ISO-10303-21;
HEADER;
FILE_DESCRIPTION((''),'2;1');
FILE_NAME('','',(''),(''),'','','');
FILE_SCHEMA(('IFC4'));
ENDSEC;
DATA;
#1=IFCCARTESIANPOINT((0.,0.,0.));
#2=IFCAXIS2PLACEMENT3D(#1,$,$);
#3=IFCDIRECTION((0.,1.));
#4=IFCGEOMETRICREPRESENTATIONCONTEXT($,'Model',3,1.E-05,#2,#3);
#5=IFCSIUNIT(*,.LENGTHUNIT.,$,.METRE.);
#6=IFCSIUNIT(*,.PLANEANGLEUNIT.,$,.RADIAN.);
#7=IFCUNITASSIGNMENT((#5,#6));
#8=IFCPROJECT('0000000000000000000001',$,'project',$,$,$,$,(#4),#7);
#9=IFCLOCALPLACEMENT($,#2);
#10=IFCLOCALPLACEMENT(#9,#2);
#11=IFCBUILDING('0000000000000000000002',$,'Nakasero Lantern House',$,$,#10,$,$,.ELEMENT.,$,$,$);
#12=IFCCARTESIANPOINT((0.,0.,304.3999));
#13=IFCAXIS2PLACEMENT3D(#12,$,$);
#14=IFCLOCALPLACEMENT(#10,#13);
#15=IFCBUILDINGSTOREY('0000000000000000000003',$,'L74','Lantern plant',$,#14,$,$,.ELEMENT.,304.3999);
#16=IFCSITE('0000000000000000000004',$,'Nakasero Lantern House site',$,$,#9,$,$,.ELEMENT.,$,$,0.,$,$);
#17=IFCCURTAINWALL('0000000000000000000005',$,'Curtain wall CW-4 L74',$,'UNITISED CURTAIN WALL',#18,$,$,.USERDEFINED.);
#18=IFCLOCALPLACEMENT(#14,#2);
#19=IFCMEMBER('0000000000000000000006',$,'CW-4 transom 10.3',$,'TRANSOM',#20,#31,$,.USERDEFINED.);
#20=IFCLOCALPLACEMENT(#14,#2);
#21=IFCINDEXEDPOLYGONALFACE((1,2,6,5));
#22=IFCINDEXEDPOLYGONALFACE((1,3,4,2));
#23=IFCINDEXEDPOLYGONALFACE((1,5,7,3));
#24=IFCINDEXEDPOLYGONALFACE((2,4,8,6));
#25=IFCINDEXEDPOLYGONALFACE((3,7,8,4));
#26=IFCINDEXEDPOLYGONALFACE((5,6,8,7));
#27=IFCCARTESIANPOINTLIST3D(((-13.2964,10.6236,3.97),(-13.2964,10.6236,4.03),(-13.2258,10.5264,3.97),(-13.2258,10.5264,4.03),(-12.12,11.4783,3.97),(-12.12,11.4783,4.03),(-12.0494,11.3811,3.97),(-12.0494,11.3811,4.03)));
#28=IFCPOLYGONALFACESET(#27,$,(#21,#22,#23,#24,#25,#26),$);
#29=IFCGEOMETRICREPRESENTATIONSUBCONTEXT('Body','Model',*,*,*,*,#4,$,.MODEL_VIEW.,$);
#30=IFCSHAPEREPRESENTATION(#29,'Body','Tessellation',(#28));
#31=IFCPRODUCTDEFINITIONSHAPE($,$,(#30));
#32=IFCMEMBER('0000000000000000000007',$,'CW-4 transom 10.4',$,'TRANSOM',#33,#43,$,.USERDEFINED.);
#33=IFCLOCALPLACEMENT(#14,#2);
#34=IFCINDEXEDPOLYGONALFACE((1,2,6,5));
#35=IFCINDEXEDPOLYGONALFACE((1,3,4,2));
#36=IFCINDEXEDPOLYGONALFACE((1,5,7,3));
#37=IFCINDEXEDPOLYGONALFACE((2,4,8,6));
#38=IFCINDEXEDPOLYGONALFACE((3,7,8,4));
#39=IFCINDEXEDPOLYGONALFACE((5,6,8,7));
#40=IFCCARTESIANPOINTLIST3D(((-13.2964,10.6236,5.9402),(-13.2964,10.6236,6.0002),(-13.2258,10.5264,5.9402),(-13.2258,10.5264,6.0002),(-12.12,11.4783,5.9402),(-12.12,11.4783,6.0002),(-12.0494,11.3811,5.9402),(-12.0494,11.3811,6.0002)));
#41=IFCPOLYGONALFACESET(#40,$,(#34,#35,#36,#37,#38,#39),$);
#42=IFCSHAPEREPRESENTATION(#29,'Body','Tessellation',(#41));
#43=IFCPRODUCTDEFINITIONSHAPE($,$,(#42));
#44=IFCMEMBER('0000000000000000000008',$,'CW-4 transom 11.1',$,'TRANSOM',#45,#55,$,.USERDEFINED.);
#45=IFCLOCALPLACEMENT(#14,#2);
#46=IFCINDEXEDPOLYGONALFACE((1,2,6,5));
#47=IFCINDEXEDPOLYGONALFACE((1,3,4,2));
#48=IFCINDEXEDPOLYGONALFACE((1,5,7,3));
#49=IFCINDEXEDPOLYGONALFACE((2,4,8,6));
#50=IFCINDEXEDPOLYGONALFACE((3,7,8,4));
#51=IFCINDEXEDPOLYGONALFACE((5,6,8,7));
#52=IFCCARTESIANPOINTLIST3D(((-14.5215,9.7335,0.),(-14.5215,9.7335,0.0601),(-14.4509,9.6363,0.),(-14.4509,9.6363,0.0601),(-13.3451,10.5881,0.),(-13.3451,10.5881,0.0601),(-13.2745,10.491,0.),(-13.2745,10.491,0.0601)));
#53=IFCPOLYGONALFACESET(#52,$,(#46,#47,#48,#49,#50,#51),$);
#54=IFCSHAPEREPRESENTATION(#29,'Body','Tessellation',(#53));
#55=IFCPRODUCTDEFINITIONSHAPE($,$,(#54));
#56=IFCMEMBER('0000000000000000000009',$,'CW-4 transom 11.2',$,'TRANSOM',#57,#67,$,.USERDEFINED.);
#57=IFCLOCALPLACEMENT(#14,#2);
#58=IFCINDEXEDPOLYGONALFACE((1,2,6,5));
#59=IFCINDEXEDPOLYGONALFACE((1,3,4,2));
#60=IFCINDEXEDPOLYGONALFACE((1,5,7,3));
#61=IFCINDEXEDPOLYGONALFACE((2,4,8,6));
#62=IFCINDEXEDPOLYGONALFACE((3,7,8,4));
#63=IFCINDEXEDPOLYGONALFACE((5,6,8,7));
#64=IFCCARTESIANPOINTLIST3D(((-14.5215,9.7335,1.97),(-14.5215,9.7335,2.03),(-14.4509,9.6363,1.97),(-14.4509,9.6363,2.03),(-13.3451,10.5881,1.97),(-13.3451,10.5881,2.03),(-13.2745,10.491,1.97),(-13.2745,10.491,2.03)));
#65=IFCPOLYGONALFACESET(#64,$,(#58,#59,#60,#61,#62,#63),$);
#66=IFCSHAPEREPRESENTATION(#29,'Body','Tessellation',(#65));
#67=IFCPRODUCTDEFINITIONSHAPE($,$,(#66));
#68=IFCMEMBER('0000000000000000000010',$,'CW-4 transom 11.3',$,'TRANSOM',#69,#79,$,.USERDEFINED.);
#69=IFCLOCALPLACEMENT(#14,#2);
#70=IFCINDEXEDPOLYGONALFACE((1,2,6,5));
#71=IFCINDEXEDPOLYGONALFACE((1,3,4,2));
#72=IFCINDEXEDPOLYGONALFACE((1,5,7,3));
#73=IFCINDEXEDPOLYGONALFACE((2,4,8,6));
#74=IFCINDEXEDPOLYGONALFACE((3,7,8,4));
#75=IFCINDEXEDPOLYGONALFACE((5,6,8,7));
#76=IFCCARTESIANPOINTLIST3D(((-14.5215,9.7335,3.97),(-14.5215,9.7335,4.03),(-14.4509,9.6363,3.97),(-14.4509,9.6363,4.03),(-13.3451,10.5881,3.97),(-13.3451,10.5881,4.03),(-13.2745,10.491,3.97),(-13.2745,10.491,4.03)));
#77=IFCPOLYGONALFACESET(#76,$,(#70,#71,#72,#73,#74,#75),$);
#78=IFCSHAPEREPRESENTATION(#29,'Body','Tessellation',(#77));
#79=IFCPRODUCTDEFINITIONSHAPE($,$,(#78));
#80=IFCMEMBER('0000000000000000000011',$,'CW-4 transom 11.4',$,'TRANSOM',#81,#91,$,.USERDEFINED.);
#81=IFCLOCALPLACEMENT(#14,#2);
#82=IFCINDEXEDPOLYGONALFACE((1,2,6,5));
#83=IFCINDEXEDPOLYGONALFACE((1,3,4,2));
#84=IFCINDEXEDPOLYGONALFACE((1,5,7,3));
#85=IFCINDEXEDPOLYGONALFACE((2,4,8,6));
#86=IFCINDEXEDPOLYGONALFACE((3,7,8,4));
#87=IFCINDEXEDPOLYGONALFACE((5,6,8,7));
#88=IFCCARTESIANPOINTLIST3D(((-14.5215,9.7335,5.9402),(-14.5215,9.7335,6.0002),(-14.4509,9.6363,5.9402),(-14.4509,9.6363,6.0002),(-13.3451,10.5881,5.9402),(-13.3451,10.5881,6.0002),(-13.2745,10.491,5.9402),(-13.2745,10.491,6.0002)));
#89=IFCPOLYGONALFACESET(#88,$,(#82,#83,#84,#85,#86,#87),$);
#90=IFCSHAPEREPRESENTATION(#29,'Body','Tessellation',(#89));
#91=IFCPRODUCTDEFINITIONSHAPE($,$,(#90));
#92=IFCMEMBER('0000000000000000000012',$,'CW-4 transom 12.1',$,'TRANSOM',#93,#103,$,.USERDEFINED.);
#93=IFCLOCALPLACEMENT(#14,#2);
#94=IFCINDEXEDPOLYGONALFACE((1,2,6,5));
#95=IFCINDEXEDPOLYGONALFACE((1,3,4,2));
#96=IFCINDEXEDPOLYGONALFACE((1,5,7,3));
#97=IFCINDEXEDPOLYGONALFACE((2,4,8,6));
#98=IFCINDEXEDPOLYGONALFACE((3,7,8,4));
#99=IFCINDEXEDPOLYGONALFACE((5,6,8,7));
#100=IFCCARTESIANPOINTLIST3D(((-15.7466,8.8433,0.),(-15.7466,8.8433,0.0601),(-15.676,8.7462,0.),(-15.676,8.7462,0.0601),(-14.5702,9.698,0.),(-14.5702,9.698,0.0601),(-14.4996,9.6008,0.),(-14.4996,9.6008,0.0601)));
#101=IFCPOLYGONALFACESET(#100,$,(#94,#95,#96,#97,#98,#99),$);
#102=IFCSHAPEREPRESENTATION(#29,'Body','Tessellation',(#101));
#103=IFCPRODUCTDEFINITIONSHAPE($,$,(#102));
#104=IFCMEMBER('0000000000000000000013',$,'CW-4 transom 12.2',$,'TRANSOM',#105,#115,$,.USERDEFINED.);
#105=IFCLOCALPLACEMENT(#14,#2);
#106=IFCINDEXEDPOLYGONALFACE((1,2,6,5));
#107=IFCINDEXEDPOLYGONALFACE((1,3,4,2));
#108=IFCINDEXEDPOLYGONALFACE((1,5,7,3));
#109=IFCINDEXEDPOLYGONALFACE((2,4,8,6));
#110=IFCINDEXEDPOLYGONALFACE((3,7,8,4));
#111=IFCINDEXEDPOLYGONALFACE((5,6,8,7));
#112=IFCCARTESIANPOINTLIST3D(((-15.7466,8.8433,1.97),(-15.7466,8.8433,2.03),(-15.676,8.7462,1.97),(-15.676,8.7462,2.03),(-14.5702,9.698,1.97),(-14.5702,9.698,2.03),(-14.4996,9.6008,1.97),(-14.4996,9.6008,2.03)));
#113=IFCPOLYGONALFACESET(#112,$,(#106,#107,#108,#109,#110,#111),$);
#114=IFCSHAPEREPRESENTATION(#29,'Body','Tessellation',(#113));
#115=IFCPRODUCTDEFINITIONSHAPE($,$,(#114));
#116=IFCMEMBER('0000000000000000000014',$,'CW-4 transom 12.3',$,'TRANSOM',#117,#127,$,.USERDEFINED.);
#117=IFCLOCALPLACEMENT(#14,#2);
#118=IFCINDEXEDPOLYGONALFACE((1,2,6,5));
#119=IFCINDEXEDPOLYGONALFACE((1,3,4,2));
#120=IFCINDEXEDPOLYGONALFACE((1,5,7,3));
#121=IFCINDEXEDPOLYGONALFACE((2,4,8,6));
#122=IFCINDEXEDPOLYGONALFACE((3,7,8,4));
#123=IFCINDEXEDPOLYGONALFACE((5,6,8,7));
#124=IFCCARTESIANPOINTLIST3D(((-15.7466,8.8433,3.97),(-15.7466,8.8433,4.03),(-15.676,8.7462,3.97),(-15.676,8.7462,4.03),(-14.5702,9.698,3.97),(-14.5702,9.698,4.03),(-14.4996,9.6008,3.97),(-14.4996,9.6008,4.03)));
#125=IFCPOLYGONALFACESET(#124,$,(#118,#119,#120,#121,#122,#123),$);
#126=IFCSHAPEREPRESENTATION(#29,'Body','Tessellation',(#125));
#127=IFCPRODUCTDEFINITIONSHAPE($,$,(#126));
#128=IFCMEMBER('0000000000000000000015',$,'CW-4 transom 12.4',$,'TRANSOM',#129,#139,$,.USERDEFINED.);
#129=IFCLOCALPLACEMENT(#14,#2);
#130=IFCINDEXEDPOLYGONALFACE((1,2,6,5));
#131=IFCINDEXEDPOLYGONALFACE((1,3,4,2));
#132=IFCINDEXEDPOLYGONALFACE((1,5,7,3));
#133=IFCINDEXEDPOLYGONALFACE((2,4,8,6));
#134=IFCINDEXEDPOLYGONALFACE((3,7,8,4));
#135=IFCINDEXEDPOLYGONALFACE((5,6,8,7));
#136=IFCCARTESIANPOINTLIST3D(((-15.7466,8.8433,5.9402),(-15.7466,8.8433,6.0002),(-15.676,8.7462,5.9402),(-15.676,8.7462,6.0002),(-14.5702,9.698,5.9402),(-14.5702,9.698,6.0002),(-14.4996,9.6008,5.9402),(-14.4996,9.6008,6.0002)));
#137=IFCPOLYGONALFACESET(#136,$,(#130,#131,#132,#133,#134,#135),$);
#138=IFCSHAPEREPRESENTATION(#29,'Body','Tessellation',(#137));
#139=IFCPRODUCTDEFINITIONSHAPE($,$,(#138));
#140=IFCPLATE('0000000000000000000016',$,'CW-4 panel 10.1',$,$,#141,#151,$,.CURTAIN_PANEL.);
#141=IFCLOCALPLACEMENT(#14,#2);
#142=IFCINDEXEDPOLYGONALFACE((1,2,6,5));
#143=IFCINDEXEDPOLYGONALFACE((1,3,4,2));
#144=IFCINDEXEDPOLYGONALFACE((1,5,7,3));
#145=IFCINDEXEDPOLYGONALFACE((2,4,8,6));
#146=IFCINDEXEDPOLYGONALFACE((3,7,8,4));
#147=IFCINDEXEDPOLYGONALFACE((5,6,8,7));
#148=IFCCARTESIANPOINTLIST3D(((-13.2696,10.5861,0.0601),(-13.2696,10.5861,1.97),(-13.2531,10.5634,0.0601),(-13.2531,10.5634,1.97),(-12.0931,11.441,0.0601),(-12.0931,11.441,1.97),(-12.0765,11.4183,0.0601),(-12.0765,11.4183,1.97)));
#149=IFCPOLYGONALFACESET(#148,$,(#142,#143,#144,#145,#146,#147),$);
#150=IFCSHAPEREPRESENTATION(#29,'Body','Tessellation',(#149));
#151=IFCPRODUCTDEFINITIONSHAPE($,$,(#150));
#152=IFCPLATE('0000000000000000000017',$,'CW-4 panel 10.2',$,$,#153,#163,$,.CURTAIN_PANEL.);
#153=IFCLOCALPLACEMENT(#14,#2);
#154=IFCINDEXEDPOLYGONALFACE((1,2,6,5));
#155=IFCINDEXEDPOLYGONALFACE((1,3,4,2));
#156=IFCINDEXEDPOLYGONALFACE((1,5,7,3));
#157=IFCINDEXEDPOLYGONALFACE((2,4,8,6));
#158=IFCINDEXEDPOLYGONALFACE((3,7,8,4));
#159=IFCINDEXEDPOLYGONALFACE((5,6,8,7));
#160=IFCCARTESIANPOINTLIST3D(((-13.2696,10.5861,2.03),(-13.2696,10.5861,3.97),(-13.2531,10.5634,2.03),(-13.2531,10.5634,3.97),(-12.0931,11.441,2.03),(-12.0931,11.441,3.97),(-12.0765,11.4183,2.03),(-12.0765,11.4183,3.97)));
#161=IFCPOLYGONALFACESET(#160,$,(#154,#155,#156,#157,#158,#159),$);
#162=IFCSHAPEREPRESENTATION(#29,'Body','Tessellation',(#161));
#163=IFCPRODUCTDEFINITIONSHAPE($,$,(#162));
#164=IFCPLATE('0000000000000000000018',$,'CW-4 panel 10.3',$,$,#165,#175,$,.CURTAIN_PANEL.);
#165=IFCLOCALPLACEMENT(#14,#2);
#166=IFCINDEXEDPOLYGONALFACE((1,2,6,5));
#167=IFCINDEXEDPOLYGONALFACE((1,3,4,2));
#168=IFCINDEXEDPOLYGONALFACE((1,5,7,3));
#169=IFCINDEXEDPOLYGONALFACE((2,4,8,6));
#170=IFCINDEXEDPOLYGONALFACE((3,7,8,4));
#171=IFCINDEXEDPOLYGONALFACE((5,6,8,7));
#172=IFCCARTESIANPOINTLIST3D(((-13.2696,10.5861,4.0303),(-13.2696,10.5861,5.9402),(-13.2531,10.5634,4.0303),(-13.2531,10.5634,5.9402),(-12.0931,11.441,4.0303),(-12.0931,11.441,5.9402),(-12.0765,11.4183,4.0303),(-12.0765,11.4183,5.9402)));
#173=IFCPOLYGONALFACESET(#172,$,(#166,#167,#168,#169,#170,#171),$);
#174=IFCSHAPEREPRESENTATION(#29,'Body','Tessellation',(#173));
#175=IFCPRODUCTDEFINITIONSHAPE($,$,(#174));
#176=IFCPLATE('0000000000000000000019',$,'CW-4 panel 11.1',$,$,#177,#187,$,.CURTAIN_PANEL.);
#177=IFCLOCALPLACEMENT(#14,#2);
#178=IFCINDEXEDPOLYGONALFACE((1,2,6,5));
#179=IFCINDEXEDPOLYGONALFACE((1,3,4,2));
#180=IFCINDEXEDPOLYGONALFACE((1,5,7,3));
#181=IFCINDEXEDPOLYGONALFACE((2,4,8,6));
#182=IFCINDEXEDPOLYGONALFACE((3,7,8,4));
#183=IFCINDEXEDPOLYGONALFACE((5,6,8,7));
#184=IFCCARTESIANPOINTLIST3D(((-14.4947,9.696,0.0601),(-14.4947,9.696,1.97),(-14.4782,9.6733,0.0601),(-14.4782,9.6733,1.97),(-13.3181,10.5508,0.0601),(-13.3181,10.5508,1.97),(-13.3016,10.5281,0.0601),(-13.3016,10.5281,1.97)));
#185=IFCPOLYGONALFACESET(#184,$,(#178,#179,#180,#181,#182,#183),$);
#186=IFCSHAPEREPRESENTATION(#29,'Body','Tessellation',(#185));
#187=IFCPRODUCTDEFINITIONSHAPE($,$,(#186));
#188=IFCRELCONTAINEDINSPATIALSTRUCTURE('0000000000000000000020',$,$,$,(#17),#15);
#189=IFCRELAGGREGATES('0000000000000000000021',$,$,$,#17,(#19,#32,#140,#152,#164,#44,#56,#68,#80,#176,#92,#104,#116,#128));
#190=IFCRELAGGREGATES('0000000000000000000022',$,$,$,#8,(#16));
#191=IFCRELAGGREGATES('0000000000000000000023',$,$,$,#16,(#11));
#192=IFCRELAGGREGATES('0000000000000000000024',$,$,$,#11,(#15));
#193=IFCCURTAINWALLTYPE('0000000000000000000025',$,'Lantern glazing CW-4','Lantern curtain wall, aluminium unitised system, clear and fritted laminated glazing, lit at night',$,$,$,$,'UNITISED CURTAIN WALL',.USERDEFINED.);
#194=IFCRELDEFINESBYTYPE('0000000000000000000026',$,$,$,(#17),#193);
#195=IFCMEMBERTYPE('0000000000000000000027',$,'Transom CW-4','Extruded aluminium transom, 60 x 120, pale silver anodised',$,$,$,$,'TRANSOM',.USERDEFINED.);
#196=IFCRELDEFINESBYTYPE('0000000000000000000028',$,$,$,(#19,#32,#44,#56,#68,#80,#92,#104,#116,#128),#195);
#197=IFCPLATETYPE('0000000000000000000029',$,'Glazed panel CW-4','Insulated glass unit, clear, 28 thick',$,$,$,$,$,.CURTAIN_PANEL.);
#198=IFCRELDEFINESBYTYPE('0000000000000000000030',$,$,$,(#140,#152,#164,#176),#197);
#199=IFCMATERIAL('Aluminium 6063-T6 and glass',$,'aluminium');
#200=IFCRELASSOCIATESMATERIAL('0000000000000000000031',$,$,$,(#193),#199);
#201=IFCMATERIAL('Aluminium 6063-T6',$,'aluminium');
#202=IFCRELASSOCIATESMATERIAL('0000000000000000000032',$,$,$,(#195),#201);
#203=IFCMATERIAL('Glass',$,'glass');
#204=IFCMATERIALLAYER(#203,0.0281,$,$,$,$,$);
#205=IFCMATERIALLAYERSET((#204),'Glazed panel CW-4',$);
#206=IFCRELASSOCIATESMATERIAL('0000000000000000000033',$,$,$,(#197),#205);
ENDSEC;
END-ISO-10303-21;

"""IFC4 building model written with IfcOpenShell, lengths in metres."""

from ifc_helpers import new_model, si_unit, direction, frame, origin, origin_2d, place, context, subcontext, project, spatial, rectangle, extrude, material, layer, layer_set, material_profile, profile_set, type_object, element, aggregate, save


model = new_model("IFC4")

# Units and contexts
model_context = context("Model", 3, precision=1e-05, world=origin(), true_north=direction((0.0, 1.0)))
body_context = subcontext(model_context, "Body", "Model", "MODEL_VIEW")
ifc_project = project(units=[si_unit("LENGTHUNIT", "METRE"), si_unit("PLANEANGLEUNIT", "RADIAN")], contexts=[model_context])

# Site, building, storey
site_placement = place(None, origin())
site = spatial("IfcSite", under=ifc_project, at=site_placement, Name="Nakasero Lantern House site", CompositionType="ELEMENT", RefElevation=0.0)
building_placement = place(site_placement, origin())
building = spatial("IfcBuilding", under=site, at=building_placement, Name="Nakasero Lantern House", CompositionType="ELEMENT")
storey_placement = place(building_placement, frame((0.0, 0.0, 304.3999)))
storey = spatial("IfcBuildingStorey", under=building, at=storey_placement, Name="L74", Description="Lantern plant", CompositionType="ELEMENT", Elevation=304.3999)

# Curtain wall
ifc_material_1 = material(Name="Aluminium 6063-T6 and glass", Category="aluminium")
curtain_wall_type = type_object("IfcCurtainWallType", Name="Lantern glazing CW-4", Description="Lantern curtain wall, aluminium unitised system, clear and fritted laminated glazing, lit at night", ElementType="UNITISED CURTAIN WALL", PredefinedType="USERDEFINED", material=ifc_material_1)
curtain_wall_placement = place(storey_placement, origin())
curtain_wall = element("IfcCurtainWall", 1, at=curtain_wall_placement, inside=storey, type_object=curtain_wall_type, Name="Curtain wall CW-4 L74", ObjectType="UNITISED CURTAIN WALL", PredefinedType="USERDEFINED")

# Members
ifc_material_2 = material(Name="Aluminium 6063-T6", Category="aluminium")
ifc_material_profile_1 = material_profile(ifc_material_2, rectangle(XDim=0.0601, YDim=0.1201, at=origin_2d()), Name="CW-4 transom 60x120")
ifc_profile_set_1 = profile_set([ifc_material_profile_1], Name="Aluminium 6063-T6")
member_type_1 = type_object("IfcMemberType", Name="Transom CW-4", Description="Extruded aluminium transom, 60 x 120, pale silver anodised", ElementType="TRANSOM", PredefinedType="USERDEFINED", material=ifc_profile_set_1)
member_1_placement = place(storey_placement, frame((-12.0847, 11.4297, 4.0), z_axis=(-0.809034, -0.587762, 0.0), x_axis=(0.0, 0.0, 1.0)))
member_1 = element("IfcMember", 2, at=member_1_placement, type_object=member_type_1, Name="CW-4 transom 10.3", ObjectType="TRANSOM", PredefinedType="USERDEFINED", context=body_context, shape_type="SweptSolid", body=[
    extrude(rectangle(XDim=0.0601, YDim=0.1201, at=origin_2d()), origin(), (0.0, 0.0, 1.0), 1.4541),
])
member_2_placement = place(storey_placement, frame((-12.0847, 11.4297, 5.9702), z_axis=(-0.809034, -0.587762, 0.0), x_axis=(0.0, 0.0, 1.0)))
member_2 = element("IfcMember", 3, at=member_2_placement, type_object=member_type_1, Name="CW-4 transom 10.4", ObjectType="TRANSOM", PredefinedType="USERDEFINED", context=body_context, shape_type="SweptSolid", body=[
    extrude(rectangle(XDim=0.0601, YDim=0.1201, at=origin_2d()), origin(), (0.0, 0.0, 1.0), 1.4541),
])
member_3_placement = place(storey_placement, frame((-13.3098, 10.5396, 0.03), z_axis=(-0.809034, -0.587762, 0.0), x_axis=(0.0, 0.0, 1.0)))
member_3 = element("IfcMember", 4, at=member_3_placement, type_object=member_type_1, Name="CW-4 transom 11.1", ObjectType="TRANSOM", PredefinedType="USERDEFINED", context=body_context, shape_type="SweptSolid", body=[
    extrude(rectangle(XDim=0.0601, YDim=0.1201, at=origin_2d()), origin(), (0.0, 0.0, 1.0), 1.4541),
])
member_4_placement = place(storey_placement, frame((-13.3098, 10.5396, 2.0), z_axis=(-0.809034, -0.587762, 0.0), x_axis=(0.0, 0.0, 1.0)))
member_4 = element("IfcMember", 5, at=member_4_placement, type_object=member_type_1, Name="CW-4 transom 11.2", ObjectType="TRANSOM", PredefinedType="USERDEFINED", context=body_context, shape_type="SweptSolid", body=[
    extrude(rectangle(XDim=0.0601, YDim=0.1201, at=origin_2d()), origin(), (0.0, 0.0, 1.0), 1.4541),
])
member_5_placement = place(storey_placement, frame((-13.3098, 10.5396, 4.0), z_axis=(-0.809034, -0.587762, 0.0), x_axis=(0.0, 0.0, 1.0)))
member_5 = element("IfcMember", 6, at=member_5_placement, type_object=member_type_1, Name="CW-4 transom 11.3", ObjectType="TRANSOM", PredefinedType="USERDEFINED", context=body_context, shape_type="SweptSolid", body=[
    extrude(rectangle(XDim=0.0601, YDim=0.1201, at=origin_2d()), origin(), (0.0, 0.0, 1.0), 1.4541),
])
member_6_placement = place(storey_placement, frame((-13.3098, 10.5396, 5.9702), z_axis=(-0.809034, -0.587762, 0.0), x_axis=(0.0, 0.0, 1.0)))
member_6 = element("IfcMember", 7, at=member_6_placement, type_object=member_type_1, Name="CW-4 transom 11.4", ObjectType="TRANSOM", PredefinedType="USERDEFINED", context=body_context, shape_type="SweptSolid", body=[
    extrude(rectangle(XDim=0.0601, YDim=0.1201, at=origin_2d()), origin(), (0.0, 0.0, 1.0), 1.4541),
])
member_7_placement = place(storey_placement, frame((-14.5349, 9.6494, 0.03), z_axis=(-0.809034, -0.587762, 0.0), x_axis=(0.0, 0.0, 1.0)))
member_7 = element("IfcMember", 8, at=member_7_placement, type_object=member_type_1, Name="CW-4 transom 12.1", ObjectType="TRANSOM", PredefinedType="USERDEFINED", context=body_context, shape_type="SweptSolid", body=[
    extrude(rectangle(XDim=0.0601, YDim=0.1201, at=origin_2d()), origin(), (0.0, 0.0, 1.0), 1.4541),
])
member_8_placement = place(storey_placement, frame((-14.5349, 9.6494, 2.0), z_axis=(-0.809034, -0.587762, 0.0), x_axis=(0.0, 0.0, 1.0)))
member_8 = element("IfcMember", 9, at=member_8_placement, type_object=member_type_1, Name="CW-4 transom 12.2", ObjectType="TRANSOM", PredefinedType="USERDEFINED", context=body_context, shape_type="SweptSolid", body=[
    extrude(rectangle(XDim=0.0601, YDim=0.1201, at=origin_2d()), origin(), (0.0, 0.0, 1.0), 1.4541),
])
member_9_placement = place(storey_placement, frame((-14.5349, 9.6494, 4.0), z_axis=(-0.809034, -0.587762, 0.0), x_axis=(0.0, 0.0, 1.0)))
member_9 = element("IfcMember", 10, at=member_9_placement, type_object=member_type_1, Name="CW-4 transom 12.3", ObjectType="TRANSOM", PredefinedType="USERDEFINED", context=body_context, shape_type="SweptSolid", body=[
    extrude(rectangle(XDim=0.0601, YDim=0.1201, at=origin_2d()), origin(), (0.0, 0.0, 1.0), 1.4541),
])
member_10_placement = place(storey_placement, frame((-14.5349, 9.6494, 5.9702), z_axis=(-0.809034, -0.587762, 0.0), x_axis=(0.0, 0.0, 1.0)))
member_10 = element("IfcMember", 11, at=member_10_placement, type_object=member_type_1, Name="CW-4 transom 12.4", ObjectType="TRANSOM", PredefinedType="USERDEFINED", context=body_context, shape_type="SweptSolid", body=[
    extrude(rectangle(XDim=0.0601, YDim=0.1201, at=origin_2d()), origin(), (0.0, 0.0, 1.0), 1.4541),
])

# Plates
ifc_material_3 = material(Name="Glass", Category="glass")
ifc_layer = layer(ifc_material_3, 0.0281)
ifc_layer_set = layer_set([ifc_layer], Name="Glazed panel CW-4")
plate_type = type_object("IfcPlateType", Name="Glazed panel CW-4", Description="Insulated glass unit, clear, 28 thick", PredefinedType="CURTAIN_PANEL", material=ifc_layer_set)
plate_1_placement = place(storey_placement, frame((-12.6731, 11.0022, 0.0601), z_axis=(0.0, 0.0, 1.0), x_axis=(-0.809017, -0.587785, 0.0)))
plate_1 = element("IfcPlate", 12, at=plate_1_placement, type_object=plate_type, Name="CW-4 panel 10.1", PredefinedType="CURTAIN_PANEL", context=body_context, shape_type="SweptSolid", body=[
    extrude(rectangle(XDim=1.4543, YDim=0.0281, at=origin_2d()), origin(), (0.0, 0.0, 1.0), 1.9099),
])
plate_2_placement = place(storey_placement, frame((-12.6731, 11.0022, 2.03), z_axis=(0.0, 0.0, 1.0), x_axis=(-0.809017, -0.587785, 0.0)))
plate_2 = element("IfcPlate", 13, at=plate_2_placement, type_object=plate_type, Name="CW-4 panel 10.2", PredefinedType="CURTAIN_PANEL", context=body_context, shape_type="SweptSolid", body=[
    extrude(rectangle(XDim=1.4543, YDim=0.0281, at=origin_2d()), origin(), (0.0, 0.0, 1.0), 1.9399),
])
plate_3_placement = place(storey_placement, frame((-12.6731, 11.0022, 4.0303), z_axis=(0.0, 0.0, 1.0), x_axis=(-0.809017, -0.587785, 0.0)))
plate_3 = element("IfcPlate", 14, at=plate_3_placement, type_object=plate_type, Name="CW-4 panel 10.3", PredefinedType="CURTAIN_PANEL", context=body_context, shape_type="SweptSolid", body=[
    extrude(rectangle(XDim=1.4543, YDim=0.0281, at=origin_2d()), origin(), (0.0, 0.0, 1.0), 1.9099),
])
plate_4_placement = place(storey_placement, frame((-13.8982, 10.1121, 0.0601), z_axis=(0.0, 0.0, 1.0), x_axis=(-0.809017, -0.587785, 0.0)))
plate_4 = element("IfcPlate", 15, at=plate_4_placement, type_object=plate_type, Name="CW-4 panel 11.1", PredefinedType="CURTAIN_PANEL", context=body_context, shape_type="SweptSolid", body=[
    extrude(rectangle(XDim=1.4543, YDim=0.0281, at=origin_2d()), origin(), (0.0, 0.0, 1.0), 1.9099),
])
aggregate(curtain_wall, [member_1, member_2, plate_1, plate_2, plate_3, member_3, member_4, member_5, member_6, plate_4, member_7, member_8, member_9, member_10])

save(model, "model.ifc")
